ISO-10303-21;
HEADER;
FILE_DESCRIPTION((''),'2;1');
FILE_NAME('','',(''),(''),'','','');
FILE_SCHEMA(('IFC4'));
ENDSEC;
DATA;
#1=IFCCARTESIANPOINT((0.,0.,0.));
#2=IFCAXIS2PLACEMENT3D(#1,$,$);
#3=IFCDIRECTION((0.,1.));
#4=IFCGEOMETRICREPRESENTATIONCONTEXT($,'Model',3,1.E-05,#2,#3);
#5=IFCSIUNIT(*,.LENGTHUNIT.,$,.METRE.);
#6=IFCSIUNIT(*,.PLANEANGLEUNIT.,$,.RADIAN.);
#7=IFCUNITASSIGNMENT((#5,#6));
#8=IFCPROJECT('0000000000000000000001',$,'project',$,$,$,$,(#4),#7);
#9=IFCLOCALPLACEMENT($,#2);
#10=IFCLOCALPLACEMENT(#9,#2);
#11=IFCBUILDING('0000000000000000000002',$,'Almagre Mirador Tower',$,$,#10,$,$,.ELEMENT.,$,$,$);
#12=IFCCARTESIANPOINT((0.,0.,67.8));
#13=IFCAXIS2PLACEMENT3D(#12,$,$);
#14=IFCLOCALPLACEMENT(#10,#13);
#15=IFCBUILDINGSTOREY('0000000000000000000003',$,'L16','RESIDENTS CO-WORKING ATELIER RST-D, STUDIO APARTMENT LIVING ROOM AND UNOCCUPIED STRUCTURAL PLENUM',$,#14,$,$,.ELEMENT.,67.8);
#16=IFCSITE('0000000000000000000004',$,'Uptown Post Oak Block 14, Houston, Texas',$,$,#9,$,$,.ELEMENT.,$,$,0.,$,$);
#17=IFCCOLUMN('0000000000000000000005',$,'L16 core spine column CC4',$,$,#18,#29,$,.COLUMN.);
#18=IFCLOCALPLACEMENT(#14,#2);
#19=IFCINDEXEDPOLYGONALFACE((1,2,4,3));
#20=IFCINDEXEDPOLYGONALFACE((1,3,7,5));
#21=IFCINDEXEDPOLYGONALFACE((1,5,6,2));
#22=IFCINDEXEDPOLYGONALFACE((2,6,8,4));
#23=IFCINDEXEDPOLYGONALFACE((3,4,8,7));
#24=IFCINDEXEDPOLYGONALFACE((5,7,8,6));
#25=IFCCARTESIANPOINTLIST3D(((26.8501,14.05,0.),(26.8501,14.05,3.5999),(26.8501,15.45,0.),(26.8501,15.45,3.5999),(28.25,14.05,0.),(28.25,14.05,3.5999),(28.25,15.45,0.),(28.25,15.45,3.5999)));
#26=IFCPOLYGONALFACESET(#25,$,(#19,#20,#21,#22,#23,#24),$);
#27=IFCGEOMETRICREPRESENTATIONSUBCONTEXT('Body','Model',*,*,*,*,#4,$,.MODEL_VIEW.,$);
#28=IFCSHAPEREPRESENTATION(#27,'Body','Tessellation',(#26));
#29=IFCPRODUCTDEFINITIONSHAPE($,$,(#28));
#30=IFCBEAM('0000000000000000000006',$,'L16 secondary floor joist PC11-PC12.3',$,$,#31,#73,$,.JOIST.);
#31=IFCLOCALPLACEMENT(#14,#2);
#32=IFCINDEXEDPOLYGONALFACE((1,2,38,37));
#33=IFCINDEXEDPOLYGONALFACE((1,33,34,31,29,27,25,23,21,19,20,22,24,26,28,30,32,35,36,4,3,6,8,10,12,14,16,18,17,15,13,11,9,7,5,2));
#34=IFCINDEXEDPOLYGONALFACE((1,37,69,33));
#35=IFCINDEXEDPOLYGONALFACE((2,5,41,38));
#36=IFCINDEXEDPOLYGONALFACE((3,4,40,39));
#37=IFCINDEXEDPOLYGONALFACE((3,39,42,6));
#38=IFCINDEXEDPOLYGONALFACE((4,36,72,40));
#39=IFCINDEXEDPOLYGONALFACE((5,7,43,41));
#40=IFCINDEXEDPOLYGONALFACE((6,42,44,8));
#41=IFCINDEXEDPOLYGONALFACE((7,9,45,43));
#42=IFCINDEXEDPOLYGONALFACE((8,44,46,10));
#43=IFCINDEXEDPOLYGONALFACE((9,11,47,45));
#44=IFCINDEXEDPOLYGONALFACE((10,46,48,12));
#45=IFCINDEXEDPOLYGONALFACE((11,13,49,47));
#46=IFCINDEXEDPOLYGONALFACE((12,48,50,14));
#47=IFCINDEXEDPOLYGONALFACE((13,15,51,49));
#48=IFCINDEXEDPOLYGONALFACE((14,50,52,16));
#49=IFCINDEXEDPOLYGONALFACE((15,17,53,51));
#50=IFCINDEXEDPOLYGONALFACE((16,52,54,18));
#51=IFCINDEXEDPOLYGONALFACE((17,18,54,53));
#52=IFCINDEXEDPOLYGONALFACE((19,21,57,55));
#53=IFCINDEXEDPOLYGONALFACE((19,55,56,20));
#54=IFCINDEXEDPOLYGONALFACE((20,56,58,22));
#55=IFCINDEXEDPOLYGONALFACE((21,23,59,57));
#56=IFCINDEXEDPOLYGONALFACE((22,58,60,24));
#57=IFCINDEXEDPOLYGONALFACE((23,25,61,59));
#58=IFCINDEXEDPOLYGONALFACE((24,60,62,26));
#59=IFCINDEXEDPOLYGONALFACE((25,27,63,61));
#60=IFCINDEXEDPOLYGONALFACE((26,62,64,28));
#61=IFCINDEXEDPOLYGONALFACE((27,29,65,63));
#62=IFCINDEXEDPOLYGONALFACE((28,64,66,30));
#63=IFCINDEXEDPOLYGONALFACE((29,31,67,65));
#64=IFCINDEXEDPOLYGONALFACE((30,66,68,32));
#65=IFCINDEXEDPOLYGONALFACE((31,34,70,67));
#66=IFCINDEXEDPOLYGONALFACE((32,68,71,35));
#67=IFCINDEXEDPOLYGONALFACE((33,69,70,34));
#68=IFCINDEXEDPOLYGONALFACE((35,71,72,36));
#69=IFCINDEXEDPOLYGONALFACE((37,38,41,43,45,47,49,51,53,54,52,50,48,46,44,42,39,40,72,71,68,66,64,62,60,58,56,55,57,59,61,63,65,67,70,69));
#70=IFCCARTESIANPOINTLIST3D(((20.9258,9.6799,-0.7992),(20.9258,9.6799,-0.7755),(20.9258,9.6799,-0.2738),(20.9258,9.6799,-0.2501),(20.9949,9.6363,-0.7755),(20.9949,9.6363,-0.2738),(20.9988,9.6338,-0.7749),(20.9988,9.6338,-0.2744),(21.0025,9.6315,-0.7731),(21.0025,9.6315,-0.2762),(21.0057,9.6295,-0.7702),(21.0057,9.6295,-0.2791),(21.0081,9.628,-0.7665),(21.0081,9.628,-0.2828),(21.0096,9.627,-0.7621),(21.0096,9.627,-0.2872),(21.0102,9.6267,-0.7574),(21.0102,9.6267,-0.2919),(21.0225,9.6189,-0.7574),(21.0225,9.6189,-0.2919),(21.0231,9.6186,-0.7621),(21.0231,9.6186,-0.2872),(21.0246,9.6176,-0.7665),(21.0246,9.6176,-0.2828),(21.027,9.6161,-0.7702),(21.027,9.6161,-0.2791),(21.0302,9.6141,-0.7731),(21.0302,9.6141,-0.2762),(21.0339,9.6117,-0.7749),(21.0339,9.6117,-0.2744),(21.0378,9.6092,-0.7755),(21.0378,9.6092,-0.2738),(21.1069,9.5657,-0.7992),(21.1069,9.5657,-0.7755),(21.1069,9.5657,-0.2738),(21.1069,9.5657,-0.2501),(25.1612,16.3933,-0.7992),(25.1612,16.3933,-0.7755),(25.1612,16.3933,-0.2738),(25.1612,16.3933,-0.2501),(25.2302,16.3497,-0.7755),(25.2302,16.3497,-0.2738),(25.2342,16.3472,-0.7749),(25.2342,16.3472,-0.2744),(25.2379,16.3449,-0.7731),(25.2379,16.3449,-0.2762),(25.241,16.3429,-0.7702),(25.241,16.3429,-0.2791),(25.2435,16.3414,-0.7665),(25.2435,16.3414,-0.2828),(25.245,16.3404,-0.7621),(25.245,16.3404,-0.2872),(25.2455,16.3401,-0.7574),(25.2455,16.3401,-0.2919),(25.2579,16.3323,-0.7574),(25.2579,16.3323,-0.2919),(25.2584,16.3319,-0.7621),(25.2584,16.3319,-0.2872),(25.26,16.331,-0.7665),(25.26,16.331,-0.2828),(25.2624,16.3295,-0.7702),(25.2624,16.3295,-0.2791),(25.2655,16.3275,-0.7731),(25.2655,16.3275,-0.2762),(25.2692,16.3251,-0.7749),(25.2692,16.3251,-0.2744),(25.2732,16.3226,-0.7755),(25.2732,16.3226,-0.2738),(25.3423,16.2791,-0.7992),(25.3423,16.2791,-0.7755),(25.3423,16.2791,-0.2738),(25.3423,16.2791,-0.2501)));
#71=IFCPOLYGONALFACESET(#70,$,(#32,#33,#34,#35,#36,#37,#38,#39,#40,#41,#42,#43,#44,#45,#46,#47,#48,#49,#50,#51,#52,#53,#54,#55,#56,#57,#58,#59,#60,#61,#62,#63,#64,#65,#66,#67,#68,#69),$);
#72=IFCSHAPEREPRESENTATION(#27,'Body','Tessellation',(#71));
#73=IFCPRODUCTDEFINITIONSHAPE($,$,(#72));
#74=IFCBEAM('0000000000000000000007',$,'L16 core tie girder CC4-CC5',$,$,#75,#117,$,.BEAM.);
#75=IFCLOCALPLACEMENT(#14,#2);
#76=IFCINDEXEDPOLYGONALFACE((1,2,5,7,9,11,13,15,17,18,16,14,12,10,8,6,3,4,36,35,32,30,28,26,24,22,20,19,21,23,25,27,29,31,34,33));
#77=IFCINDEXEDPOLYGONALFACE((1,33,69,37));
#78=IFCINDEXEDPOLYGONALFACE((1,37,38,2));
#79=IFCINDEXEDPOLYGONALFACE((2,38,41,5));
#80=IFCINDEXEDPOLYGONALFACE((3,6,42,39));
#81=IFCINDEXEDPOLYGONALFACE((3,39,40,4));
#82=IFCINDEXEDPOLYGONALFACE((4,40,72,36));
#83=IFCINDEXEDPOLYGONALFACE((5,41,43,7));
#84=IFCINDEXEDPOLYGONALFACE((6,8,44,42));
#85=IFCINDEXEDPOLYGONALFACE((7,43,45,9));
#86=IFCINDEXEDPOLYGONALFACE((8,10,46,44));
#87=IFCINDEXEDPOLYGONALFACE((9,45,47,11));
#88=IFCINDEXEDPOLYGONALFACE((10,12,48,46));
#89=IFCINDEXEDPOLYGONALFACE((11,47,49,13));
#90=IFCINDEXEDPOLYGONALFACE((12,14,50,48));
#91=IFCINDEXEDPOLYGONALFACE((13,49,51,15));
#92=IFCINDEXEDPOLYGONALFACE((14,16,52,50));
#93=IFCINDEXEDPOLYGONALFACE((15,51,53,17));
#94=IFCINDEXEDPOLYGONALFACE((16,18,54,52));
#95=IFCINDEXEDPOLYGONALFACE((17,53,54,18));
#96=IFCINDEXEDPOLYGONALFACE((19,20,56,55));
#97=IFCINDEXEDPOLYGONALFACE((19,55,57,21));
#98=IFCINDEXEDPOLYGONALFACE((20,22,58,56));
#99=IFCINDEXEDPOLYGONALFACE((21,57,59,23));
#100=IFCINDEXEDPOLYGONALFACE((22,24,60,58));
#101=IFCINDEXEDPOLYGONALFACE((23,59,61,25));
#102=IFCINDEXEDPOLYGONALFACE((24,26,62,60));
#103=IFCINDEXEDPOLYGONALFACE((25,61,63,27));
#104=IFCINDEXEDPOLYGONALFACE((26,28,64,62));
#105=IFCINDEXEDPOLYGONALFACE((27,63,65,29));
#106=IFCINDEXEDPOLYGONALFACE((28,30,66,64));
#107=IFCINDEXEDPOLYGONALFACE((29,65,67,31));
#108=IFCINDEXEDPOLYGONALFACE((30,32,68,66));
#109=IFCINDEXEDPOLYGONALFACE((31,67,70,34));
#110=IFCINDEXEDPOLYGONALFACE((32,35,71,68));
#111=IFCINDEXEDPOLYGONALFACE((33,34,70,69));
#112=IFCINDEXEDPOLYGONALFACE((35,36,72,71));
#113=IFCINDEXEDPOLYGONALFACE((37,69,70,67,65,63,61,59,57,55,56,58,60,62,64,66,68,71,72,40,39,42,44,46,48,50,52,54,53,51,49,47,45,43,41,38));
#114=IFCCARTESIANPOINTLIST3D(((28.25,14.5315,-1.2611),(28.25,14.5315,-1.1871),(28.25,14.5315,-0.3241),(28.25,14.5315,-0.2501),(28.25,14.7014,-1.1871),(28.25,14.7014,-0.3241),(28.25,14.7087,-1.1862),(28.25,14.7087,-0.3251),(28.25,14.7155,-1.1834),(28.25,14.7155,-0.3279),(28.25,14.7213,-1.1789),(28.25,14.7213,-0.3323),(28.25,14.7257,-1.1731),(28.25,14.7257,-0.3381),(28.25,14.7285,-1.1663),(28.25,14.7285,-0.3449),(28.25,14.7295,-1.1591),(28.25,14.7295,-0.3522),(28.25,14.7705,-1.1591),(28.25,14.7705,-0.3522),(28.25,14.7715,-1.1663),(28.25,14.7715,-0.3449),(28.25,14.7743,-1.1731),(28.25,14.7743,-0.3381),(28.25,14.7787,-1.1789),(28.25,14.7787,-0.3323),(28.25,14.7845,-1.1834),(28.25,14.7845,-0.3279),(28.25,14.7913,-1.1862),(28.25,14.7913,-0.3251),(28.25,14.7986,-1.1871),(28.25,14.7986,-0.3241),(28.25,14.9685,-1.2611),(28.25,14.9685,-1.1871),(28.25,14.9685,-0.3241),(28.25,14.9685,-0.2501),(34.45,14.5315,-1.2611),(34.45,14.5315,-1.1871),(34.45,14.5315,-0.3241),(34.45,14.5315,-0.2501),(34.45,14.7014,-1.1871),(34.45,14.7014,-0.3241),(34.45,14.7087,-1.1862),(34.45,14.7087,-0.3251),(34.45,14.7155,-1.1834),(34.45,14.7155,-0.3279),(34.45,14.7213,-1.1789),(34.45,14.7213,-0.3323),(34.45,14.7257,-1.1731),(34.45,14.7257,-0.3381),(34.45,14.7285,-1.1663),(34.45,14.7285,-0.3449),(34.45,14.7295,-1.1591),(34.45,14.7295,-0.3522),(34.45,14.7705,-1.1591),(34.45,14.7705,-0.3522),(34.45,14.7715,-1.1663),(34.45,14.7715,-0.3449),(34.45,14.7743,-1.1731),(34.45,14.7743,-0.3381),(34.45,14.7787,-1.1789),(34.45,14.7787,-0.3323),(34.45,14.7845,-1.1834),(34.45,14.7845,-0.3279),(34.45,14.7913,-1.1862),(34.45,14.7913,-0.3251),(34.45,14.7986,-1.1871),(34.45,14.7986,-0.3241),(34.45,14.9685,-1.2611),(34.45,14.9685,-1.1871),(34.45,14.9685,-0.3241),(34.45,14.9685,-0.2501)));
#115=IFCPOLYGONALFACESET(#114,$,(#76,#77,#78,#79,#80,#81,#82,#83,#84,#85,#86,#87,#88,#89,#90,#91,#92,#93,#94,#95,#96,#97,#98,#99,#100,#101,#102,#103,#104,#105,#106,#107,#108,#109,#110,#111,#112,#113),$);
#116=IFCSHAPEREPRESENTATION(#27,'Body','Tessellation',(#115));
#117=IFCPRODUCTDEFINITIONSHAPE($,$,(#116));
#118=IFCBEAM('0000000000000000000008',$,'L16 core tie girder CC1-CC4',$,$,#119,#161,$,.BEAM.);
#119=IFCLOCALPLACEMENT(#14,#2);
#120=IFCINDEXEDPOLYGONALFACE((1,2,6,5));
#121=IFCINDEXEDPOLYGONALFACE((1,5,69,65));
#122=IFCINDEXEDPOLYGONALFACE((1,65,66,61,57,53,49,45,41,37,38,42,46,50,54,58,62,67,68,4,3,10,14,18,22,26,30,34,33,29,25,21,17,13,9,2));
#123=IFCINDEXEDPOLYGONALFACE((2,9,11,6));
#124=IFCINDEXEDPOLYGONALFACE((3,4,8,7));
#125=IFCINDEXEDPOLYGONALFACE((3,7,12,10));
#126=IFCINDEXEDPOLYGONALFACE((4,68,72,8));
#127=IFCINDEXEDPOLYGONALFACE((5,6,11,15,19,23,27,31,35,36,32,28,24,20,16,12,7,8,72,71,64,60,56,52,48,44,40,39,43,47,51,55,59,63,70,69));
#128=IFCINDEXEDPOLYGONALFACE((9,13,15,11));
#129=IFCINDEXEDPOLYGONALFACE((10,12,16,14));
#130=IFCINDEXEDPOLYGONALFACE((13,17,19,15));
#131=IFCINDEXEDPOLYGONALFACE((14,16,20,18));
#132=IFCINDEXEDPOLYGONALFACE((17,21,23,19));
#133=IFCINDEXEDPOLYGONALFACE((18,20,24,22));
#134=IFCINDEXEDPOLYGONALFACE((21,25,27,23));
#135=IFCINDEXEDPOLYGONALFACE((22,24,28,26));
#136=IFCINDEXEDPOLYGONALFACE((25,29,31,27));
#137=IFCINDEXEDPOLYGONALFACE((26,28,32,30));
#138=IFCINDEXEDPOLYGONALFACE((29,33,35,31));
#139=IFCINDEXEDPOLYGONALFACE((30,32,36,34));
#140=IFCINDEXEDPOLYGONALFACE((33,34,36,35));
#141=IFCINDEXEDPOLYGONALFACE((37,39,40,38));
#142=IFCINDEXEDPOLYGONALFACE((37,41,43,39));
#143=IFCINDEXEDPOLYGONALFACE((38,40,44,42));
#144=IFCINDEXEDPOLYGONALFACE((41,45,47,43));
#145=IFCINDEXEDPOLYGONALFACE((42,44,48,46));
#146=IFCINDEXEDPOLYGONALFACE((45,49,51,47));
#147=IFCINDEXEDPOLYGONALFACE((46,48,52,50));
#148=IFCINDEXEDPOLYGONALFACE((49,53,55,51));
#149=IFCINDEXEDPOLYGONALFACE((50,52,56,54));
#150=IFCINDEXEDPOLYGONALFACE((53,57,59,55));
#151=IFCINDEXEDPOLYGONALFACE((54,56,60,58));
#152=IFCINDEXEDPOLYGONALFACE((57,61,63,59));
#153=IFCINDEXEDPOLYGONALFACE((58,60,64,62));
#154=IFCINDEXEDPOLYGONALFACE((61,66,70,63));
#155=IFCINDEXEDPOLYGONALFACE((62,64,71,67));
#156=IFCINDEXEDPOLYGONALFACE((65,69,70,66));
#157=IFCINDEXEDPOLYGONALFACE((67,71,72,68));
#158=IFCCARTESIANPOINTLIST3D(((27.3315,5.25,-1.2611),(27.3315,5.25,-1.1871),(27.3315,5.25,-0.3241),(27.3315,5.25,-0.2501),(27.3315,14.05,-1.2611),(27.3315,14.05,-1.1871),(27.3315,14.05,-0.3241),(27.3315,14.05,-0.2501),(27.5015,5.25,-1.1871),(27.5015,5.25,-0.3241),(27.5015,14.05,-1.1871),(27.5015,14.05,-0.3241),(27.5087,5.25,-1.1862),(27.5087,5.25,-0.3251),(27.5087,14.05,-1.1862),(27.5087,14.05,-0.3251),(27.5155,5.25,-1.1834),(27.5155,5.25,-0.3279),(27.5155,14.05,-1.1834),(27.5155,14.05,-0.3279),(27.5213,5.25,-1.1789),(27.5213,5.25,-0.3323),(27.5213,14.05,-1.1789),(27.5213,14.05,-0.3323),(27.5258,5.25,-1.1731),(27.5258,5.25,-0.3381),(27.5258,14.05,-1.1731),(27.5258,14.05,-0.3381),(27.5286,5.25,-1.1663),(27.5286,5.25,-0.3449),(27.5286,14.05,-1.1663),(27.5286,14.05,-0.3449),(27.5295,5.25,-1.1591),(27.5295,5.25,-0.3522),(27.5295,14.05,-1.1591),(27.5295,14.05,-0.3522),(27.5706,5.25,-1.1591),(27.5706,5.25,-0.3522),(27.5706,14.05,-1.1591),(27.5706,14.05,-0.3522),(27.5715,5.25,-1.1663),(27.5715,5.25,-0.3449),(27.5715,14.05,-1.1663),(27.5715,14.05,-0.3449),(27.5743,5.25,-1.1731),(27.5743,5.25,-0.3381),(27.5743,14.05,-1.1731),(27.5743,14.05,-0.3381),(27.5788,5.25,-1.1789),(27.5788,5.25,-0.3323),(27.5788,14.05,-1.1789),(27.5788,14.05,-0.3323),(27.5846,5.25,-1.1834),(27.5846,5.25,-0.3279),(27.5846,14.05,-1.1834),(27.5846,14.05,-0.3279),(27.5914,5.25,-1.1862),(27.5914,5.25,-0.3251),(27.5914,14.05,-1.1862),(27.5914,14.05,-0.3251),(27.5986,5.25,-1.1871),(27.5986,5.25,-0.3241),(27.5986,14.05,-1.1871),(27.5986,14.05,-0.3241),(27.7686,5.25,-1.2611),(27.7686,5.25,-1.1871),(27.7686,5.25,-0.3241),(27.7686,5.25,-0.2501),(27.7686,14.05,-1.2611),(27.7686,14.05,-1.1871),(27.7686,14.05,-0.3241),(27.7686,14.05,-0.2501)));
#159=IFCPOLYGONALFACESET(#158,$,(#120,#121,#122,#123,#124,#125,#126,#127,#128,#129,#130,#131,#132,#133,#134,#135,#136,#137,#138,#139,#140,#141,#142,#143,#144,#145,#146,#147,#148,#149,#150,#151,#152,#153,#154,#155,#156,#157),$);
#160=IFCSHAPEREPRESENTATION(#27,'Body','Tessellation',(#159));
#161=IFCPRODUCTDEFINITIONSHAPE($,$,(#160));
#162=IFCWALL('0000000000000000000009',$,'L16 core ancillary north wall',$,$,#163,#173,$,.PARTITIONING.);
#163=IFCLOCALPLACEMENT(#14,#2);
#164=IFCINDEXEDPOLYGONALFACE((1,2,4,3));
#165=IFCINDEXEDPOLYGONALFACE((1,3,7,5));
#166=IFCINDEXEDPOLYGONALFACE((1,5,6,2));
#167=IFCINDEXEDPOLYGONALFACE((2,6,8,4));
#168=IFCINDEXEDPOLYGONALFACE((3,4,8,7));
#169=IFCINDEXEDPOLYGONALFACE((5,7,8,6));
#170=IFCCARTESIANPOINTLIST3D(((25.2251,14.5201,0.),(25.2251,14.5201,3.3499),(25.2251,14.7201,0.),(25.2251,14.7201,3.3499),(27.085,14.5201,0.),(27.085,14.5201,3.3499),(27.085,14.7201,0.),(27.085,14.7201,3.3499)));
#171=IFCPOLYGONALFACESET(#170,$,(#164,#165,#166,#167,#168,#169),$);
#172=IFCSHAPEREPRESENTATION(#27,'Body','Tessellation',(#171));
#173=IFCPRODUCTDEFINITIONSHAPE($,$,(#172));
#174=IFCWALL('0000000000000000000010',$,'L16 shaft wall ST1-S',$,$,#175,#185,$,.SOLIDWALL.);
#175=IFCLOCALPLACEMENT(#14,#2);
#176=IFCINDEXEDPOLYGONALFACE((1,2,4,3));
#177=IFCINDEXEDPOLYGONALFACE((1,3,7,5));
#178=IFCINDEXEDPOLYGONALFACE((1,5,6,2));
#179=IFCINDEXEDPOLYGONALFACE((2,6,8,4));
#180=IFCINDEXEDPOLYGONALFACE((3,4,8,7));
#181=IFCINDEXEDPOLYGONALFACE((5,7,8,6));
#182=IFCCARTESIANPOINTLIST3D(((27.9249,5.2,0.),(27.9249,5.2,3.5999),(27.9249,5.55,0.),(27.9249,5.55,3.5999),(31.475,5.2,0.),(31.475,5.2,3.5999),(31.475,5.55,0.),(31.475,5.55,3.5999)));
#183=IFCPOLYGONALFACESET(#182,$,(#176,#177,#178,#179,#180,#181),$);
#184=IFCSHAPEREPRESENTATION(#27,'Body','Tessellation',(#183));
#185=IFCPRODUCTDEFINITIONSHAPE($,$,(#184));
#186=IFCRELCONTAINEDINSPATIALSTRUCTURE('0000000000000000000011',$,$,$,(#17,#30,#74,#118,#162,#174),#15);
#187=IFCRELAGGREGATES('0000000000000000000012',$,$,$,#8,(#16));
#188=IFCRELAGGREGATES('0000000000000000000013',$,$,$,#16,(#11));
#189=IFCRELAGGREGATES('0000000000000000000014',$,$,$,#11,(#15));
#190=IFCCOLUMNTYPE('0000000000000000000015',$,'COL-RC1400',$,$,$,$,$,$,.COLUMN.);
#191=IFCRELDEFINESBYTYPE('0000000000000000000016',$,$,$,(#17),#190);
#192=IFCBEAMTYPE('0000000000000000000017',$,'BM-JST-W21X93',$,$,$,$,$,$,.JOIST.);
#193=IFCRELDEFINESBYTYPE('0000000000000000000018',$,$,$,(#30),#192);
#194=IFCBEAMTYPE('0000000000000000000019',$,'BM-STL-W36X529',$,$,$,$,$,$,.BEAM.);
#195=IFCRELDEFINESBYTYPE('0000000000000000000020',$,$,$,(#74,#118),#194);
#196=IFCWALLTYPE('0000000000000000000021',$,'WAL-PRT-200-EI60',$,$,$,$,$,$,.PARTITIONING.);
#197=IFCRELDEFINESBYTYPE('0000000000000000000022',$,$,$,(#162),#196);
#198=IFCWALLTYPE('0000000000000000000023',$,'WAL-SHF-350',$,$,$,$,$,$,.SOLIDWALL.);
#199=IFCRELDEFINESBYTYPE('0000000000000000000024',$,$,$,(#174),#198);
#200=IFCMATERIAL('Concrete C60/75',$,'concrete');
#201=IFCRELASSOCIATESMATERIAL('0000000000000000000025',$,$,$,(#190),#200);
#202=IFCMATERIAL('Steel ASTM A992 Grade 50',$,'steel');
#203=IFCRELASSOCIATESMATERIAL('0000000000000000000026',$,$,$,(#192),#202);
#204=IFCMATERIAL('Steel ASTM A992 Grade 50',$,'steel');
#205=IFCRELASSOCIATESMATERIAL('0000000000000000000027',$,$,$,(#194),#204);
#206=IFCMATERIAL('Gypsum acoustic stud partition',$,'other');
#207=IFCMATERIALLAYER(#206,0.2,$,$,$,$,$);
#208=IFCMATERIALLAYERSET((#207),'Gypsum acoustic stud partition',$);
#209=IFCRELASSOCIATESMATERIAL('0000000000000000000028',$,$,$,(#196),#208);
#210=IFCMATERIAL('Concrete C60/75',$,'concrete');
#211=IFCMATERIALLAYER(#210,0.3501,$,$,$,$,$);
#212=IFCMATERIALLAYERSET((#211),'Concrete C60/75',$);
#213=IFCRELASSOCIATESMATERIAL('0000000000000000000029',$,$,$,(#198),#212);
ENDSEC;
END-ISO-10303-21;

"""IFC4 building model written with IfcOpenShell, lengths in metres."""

from ifc_helpers import new_model, si_unit, direction, frame, frame_2d, origin, origin_2d, place, context, subcontext, project, spatial, rectangle, i_section, extrude, material, layer, layer_set, material_profile, profile_set, type_object, element, save


model = new_model("IFC4")

# Units and contexts
model_context = context("Model", 3, precision=1e-05, world=origin(), true_north=direction((0.0, 1.0)))
body_context = subcontext(model_context, "Body", "Model", "MODEL_VIEW")
ifc_project = project(units=[si_unit("LENGTHUNIT", "METRE"), si_unit("PLANEANGLEUNIT", "RADIAN")], contexts=[model_context])

# Site, building, storey
site_placement = place(None, origin())
site = spatial("IfcSite", under=ifc_project, at=site_placement, Name="Uptown Post Oak Block 14, Houston, Texas", CompositionType="ELEMENT", RefElevation=0.0)
building_placement = place(site_placement, origin())
building = spatial("IfcBuilding", under=site, at=building_placement, Name="Almagre Mirador Tower", CompositionType="ELEMENT")
storey_placement = place(building_placement, frame((0.0, 0.0, 67.8)))
storey = spatial("IfcBuildingStorey", under=building, at=storey_placement, Name="L16", Description="RESIDENTS CO-WORKING ATELIER RST-D, STUDIO APARTMENT LIVING ROOM AND UNOCCUPIED STRUCTURAL PLENUM", CompositionType="ELEMENT", Elevation=67.8)

# Column
ifc_material_1 = material(Name="Concrete C60/75", Category="concrete")
ifc_material_profile_1 = material_profile(ifc_material_1, rectangle(XDim=1.3999, YDim=1.3999, at=origin_2d()), Name="RC1400X1400")
ifc_profile_set_1 = profile_set([ifc_material_profile_1], Name="Concrete C60/75")
column_type = type_object("IfcColumnType", Name="COL-RC1400", PredefinedType="COLUMN", material=ifc_profile_set_1)
column_placement = place(storey_placement, frame((27.55, 14.75, 0.0), z_axis=(0.0, 0.0, 1.0), x_axis=(1.0, 0.0, 0.0)))
element("IfcColumn", 1, at=column_placement, inside=storey, type_object=column_type, Name="L16 core spine column CC4", PredefinedType="COLUMN", context=body_context, shape_type="SweptSolid", body=[
    extrude(rectangle(XDim=1.3999, YDim=1.3999, at=origin_2d()), origin(), (0.0, 0.0, 1.0), 3.5999),
])

# Beams
ifc_material_2 = material(Name="Steel ASTM A992 Grade 50", Category="steel")
ifc_material_profile_2 = material_profile(ifc_material_2, i_section(OverallWidth=0.2141, OverallDepth=0.5491, WebThickness=0.0146, FlangeThickness=0.0237, FilletRadius=0.0181, at=origin_2d()), Name="W21X93")
ifc_profile_set_2 = profile_set([ifc_material_profile_2], Name="Steel ASTM A992 Grade 50")
beam_type_1 = type_object("IfcBeamType", Name="BM-JST-W21X93", PredefinedType="JOIST", material=ifc_profile_set_2)
beam_1_placement = place(storey_placement, frame((25.2517, 16.3362, -0.5247), z_axis=(-0.533572, -0.845755, 0.0), x_axis=(0.845755, -0.533572, 0.0)))
element("IfcBeam", 2, at=beam_1_placement, inside=storey, type_object=beam_type_1, Name="L16 secondary floor joist PC11-PC12.3", PredefinedType="JOIST", context=body_context, shape_type="SweptSolid", body=[
    extrude(i_section(OverallWidth=0.2141, OverallDepth=0.5491, WebThickness=0.0146, FlangeThickness=0.0237, FilletRadius=0.0181, at=origin_2d()), origin(), (0.0, 0.0, 1.0), 7.9377),
])
ifc_material_3 = material(Name="Steel ASTM A992 Grade 50", Category="steel")
ifc_material_profile_3 = material_profile(ifc_material_3, i_section(OverallWidth=0.437, OverallDepth=1.011, WebThickness=0.041, FlangeThickness=0.074, FilletRadius=0.0281, at=origin_2d()), Name="W36X529")
ifc_profile_set_3 = profile_set([ifc_material_profile_3], Name="Steel ASTM A992 Grade 50")
beam_type_2 = type_object("IfcBeamType", Name="BM-STL-W36X529", PredefinedType="BEAM", material=ifc_profile_set_3)
beam_2_placement = place(storey_placement, frame((28.25, 14.75, -0.7556), z_axis=(1.0, 0.0, 0.0), x_axis=(0.0, 1.0, 0.0)))
element("IfcBeam", 3, at=beam_2_placement, inside=storey, type_object=beam_type_2, Name="L16 core tie girder CC4-CC5", PredefinedType="BEAM", context=body_context, shape_type="SweptSolid", body=[
    extrude(i_section(OverallWidth=0.437, OverallDepth=1.011, WebThickness=0.041, FlangeThickness=0.074, FilletRadius=0.0281, at=origin_2d()), origin(), (0.0, 0.0, 1.0), 6.2),
])
beam_3_placement = place(storey_placement, frame((27.55, 5.25, -0.7556), z_axis=(0.0, 1.0, 0.0), x_axis=(-1.0, 0.0, 0.0)))
element("IfcBeam", 4, at=beam_3_placement, inside=storey, type_object=beam_type_2, Name="L16 core tie girder CC1-CC4", PredefinedType="BEAM", context=body_context, shape_type="SweptSolid", body=[
    extrude(i_section(OverallWidth=0.437, OverallDepth=1.011, WebThickness=0.041, FlangeThickness=0.074, FilletRadius=0.0281, at=origin_2d()), origin(), (0.0, 0.0, 1.0), 8.8),
])

# Walls
ifc_material_4 = material(Name="Gypsum acoustic stud partition", Category="other")
ifc_layer_1 = layer(ifc_material_4, 0.2)
ifc_layer_set_1 = layer_set([ifc_layer_1], Name="Gypsum acoustic stud partition")
wall_type_1 = type_object("IfcWallType", Name="WAL-PRT-200-EI60", PredefinedType="PARTITIONING", material=ifc_layer_set_1)
wall_1_placement = place(storey_placement, frame((25.2251, 14.6201, 0.0), z_axis=(0.0, 0.0, 1.0), x_axis=(1.0, 0.0, 0.0)))
element("IfcWall", 5, at=wall_1_placement, inside=storey, type_object=wall_type_1, Name="L16 core ancillary north wall", PredefinedType="PARTITIONING", context=body_context, shape_type="SweptSolid", body=[
    extrude(rectangle(XDim=1.8599, YDim=0.2, at=frame_2d((0.9299, 0.0))), origin(), (0.0, 0.0, 1.0), 3.3499),
])
ifc_material_5 = material(Name="Concrete C60/75", Category="concrete")
ifc_layer_2 = layer(ifc_material_5, 0.3501)
ifc_layer_set_2 = layer_set([ifc_layer_2], Name="Concrete C60/75")
wall_type_2 = type_object("IfcWallType", Name="WAL-SHF-350", PredefinedType="SOLIDWALL", material=ifc_layer_set_2)
wall_2_placement = place(storey_placement, frame((27.925, 5.375, 0.0), z_axis=(0.0, 0.0, 1.0), x_axis=(1.0, 0.0, 0.0)))
element("IfcWall", 6, at=wall_2_placement, inside=storey, type_object=wall_type_2, Name="L16 shaft wall ST1-S", PredefinedType="SOLIDWALL", context=body_context, shape_type="SweptSolid", body=[
    extrude(rectangle(XDim=3.55, YDim=0.3501, at=frame_2d((1.7749, 0.0))), origin(), (0.0, 0.0, 1.0), 3.5999),
])

save(model, "model.ifc")
